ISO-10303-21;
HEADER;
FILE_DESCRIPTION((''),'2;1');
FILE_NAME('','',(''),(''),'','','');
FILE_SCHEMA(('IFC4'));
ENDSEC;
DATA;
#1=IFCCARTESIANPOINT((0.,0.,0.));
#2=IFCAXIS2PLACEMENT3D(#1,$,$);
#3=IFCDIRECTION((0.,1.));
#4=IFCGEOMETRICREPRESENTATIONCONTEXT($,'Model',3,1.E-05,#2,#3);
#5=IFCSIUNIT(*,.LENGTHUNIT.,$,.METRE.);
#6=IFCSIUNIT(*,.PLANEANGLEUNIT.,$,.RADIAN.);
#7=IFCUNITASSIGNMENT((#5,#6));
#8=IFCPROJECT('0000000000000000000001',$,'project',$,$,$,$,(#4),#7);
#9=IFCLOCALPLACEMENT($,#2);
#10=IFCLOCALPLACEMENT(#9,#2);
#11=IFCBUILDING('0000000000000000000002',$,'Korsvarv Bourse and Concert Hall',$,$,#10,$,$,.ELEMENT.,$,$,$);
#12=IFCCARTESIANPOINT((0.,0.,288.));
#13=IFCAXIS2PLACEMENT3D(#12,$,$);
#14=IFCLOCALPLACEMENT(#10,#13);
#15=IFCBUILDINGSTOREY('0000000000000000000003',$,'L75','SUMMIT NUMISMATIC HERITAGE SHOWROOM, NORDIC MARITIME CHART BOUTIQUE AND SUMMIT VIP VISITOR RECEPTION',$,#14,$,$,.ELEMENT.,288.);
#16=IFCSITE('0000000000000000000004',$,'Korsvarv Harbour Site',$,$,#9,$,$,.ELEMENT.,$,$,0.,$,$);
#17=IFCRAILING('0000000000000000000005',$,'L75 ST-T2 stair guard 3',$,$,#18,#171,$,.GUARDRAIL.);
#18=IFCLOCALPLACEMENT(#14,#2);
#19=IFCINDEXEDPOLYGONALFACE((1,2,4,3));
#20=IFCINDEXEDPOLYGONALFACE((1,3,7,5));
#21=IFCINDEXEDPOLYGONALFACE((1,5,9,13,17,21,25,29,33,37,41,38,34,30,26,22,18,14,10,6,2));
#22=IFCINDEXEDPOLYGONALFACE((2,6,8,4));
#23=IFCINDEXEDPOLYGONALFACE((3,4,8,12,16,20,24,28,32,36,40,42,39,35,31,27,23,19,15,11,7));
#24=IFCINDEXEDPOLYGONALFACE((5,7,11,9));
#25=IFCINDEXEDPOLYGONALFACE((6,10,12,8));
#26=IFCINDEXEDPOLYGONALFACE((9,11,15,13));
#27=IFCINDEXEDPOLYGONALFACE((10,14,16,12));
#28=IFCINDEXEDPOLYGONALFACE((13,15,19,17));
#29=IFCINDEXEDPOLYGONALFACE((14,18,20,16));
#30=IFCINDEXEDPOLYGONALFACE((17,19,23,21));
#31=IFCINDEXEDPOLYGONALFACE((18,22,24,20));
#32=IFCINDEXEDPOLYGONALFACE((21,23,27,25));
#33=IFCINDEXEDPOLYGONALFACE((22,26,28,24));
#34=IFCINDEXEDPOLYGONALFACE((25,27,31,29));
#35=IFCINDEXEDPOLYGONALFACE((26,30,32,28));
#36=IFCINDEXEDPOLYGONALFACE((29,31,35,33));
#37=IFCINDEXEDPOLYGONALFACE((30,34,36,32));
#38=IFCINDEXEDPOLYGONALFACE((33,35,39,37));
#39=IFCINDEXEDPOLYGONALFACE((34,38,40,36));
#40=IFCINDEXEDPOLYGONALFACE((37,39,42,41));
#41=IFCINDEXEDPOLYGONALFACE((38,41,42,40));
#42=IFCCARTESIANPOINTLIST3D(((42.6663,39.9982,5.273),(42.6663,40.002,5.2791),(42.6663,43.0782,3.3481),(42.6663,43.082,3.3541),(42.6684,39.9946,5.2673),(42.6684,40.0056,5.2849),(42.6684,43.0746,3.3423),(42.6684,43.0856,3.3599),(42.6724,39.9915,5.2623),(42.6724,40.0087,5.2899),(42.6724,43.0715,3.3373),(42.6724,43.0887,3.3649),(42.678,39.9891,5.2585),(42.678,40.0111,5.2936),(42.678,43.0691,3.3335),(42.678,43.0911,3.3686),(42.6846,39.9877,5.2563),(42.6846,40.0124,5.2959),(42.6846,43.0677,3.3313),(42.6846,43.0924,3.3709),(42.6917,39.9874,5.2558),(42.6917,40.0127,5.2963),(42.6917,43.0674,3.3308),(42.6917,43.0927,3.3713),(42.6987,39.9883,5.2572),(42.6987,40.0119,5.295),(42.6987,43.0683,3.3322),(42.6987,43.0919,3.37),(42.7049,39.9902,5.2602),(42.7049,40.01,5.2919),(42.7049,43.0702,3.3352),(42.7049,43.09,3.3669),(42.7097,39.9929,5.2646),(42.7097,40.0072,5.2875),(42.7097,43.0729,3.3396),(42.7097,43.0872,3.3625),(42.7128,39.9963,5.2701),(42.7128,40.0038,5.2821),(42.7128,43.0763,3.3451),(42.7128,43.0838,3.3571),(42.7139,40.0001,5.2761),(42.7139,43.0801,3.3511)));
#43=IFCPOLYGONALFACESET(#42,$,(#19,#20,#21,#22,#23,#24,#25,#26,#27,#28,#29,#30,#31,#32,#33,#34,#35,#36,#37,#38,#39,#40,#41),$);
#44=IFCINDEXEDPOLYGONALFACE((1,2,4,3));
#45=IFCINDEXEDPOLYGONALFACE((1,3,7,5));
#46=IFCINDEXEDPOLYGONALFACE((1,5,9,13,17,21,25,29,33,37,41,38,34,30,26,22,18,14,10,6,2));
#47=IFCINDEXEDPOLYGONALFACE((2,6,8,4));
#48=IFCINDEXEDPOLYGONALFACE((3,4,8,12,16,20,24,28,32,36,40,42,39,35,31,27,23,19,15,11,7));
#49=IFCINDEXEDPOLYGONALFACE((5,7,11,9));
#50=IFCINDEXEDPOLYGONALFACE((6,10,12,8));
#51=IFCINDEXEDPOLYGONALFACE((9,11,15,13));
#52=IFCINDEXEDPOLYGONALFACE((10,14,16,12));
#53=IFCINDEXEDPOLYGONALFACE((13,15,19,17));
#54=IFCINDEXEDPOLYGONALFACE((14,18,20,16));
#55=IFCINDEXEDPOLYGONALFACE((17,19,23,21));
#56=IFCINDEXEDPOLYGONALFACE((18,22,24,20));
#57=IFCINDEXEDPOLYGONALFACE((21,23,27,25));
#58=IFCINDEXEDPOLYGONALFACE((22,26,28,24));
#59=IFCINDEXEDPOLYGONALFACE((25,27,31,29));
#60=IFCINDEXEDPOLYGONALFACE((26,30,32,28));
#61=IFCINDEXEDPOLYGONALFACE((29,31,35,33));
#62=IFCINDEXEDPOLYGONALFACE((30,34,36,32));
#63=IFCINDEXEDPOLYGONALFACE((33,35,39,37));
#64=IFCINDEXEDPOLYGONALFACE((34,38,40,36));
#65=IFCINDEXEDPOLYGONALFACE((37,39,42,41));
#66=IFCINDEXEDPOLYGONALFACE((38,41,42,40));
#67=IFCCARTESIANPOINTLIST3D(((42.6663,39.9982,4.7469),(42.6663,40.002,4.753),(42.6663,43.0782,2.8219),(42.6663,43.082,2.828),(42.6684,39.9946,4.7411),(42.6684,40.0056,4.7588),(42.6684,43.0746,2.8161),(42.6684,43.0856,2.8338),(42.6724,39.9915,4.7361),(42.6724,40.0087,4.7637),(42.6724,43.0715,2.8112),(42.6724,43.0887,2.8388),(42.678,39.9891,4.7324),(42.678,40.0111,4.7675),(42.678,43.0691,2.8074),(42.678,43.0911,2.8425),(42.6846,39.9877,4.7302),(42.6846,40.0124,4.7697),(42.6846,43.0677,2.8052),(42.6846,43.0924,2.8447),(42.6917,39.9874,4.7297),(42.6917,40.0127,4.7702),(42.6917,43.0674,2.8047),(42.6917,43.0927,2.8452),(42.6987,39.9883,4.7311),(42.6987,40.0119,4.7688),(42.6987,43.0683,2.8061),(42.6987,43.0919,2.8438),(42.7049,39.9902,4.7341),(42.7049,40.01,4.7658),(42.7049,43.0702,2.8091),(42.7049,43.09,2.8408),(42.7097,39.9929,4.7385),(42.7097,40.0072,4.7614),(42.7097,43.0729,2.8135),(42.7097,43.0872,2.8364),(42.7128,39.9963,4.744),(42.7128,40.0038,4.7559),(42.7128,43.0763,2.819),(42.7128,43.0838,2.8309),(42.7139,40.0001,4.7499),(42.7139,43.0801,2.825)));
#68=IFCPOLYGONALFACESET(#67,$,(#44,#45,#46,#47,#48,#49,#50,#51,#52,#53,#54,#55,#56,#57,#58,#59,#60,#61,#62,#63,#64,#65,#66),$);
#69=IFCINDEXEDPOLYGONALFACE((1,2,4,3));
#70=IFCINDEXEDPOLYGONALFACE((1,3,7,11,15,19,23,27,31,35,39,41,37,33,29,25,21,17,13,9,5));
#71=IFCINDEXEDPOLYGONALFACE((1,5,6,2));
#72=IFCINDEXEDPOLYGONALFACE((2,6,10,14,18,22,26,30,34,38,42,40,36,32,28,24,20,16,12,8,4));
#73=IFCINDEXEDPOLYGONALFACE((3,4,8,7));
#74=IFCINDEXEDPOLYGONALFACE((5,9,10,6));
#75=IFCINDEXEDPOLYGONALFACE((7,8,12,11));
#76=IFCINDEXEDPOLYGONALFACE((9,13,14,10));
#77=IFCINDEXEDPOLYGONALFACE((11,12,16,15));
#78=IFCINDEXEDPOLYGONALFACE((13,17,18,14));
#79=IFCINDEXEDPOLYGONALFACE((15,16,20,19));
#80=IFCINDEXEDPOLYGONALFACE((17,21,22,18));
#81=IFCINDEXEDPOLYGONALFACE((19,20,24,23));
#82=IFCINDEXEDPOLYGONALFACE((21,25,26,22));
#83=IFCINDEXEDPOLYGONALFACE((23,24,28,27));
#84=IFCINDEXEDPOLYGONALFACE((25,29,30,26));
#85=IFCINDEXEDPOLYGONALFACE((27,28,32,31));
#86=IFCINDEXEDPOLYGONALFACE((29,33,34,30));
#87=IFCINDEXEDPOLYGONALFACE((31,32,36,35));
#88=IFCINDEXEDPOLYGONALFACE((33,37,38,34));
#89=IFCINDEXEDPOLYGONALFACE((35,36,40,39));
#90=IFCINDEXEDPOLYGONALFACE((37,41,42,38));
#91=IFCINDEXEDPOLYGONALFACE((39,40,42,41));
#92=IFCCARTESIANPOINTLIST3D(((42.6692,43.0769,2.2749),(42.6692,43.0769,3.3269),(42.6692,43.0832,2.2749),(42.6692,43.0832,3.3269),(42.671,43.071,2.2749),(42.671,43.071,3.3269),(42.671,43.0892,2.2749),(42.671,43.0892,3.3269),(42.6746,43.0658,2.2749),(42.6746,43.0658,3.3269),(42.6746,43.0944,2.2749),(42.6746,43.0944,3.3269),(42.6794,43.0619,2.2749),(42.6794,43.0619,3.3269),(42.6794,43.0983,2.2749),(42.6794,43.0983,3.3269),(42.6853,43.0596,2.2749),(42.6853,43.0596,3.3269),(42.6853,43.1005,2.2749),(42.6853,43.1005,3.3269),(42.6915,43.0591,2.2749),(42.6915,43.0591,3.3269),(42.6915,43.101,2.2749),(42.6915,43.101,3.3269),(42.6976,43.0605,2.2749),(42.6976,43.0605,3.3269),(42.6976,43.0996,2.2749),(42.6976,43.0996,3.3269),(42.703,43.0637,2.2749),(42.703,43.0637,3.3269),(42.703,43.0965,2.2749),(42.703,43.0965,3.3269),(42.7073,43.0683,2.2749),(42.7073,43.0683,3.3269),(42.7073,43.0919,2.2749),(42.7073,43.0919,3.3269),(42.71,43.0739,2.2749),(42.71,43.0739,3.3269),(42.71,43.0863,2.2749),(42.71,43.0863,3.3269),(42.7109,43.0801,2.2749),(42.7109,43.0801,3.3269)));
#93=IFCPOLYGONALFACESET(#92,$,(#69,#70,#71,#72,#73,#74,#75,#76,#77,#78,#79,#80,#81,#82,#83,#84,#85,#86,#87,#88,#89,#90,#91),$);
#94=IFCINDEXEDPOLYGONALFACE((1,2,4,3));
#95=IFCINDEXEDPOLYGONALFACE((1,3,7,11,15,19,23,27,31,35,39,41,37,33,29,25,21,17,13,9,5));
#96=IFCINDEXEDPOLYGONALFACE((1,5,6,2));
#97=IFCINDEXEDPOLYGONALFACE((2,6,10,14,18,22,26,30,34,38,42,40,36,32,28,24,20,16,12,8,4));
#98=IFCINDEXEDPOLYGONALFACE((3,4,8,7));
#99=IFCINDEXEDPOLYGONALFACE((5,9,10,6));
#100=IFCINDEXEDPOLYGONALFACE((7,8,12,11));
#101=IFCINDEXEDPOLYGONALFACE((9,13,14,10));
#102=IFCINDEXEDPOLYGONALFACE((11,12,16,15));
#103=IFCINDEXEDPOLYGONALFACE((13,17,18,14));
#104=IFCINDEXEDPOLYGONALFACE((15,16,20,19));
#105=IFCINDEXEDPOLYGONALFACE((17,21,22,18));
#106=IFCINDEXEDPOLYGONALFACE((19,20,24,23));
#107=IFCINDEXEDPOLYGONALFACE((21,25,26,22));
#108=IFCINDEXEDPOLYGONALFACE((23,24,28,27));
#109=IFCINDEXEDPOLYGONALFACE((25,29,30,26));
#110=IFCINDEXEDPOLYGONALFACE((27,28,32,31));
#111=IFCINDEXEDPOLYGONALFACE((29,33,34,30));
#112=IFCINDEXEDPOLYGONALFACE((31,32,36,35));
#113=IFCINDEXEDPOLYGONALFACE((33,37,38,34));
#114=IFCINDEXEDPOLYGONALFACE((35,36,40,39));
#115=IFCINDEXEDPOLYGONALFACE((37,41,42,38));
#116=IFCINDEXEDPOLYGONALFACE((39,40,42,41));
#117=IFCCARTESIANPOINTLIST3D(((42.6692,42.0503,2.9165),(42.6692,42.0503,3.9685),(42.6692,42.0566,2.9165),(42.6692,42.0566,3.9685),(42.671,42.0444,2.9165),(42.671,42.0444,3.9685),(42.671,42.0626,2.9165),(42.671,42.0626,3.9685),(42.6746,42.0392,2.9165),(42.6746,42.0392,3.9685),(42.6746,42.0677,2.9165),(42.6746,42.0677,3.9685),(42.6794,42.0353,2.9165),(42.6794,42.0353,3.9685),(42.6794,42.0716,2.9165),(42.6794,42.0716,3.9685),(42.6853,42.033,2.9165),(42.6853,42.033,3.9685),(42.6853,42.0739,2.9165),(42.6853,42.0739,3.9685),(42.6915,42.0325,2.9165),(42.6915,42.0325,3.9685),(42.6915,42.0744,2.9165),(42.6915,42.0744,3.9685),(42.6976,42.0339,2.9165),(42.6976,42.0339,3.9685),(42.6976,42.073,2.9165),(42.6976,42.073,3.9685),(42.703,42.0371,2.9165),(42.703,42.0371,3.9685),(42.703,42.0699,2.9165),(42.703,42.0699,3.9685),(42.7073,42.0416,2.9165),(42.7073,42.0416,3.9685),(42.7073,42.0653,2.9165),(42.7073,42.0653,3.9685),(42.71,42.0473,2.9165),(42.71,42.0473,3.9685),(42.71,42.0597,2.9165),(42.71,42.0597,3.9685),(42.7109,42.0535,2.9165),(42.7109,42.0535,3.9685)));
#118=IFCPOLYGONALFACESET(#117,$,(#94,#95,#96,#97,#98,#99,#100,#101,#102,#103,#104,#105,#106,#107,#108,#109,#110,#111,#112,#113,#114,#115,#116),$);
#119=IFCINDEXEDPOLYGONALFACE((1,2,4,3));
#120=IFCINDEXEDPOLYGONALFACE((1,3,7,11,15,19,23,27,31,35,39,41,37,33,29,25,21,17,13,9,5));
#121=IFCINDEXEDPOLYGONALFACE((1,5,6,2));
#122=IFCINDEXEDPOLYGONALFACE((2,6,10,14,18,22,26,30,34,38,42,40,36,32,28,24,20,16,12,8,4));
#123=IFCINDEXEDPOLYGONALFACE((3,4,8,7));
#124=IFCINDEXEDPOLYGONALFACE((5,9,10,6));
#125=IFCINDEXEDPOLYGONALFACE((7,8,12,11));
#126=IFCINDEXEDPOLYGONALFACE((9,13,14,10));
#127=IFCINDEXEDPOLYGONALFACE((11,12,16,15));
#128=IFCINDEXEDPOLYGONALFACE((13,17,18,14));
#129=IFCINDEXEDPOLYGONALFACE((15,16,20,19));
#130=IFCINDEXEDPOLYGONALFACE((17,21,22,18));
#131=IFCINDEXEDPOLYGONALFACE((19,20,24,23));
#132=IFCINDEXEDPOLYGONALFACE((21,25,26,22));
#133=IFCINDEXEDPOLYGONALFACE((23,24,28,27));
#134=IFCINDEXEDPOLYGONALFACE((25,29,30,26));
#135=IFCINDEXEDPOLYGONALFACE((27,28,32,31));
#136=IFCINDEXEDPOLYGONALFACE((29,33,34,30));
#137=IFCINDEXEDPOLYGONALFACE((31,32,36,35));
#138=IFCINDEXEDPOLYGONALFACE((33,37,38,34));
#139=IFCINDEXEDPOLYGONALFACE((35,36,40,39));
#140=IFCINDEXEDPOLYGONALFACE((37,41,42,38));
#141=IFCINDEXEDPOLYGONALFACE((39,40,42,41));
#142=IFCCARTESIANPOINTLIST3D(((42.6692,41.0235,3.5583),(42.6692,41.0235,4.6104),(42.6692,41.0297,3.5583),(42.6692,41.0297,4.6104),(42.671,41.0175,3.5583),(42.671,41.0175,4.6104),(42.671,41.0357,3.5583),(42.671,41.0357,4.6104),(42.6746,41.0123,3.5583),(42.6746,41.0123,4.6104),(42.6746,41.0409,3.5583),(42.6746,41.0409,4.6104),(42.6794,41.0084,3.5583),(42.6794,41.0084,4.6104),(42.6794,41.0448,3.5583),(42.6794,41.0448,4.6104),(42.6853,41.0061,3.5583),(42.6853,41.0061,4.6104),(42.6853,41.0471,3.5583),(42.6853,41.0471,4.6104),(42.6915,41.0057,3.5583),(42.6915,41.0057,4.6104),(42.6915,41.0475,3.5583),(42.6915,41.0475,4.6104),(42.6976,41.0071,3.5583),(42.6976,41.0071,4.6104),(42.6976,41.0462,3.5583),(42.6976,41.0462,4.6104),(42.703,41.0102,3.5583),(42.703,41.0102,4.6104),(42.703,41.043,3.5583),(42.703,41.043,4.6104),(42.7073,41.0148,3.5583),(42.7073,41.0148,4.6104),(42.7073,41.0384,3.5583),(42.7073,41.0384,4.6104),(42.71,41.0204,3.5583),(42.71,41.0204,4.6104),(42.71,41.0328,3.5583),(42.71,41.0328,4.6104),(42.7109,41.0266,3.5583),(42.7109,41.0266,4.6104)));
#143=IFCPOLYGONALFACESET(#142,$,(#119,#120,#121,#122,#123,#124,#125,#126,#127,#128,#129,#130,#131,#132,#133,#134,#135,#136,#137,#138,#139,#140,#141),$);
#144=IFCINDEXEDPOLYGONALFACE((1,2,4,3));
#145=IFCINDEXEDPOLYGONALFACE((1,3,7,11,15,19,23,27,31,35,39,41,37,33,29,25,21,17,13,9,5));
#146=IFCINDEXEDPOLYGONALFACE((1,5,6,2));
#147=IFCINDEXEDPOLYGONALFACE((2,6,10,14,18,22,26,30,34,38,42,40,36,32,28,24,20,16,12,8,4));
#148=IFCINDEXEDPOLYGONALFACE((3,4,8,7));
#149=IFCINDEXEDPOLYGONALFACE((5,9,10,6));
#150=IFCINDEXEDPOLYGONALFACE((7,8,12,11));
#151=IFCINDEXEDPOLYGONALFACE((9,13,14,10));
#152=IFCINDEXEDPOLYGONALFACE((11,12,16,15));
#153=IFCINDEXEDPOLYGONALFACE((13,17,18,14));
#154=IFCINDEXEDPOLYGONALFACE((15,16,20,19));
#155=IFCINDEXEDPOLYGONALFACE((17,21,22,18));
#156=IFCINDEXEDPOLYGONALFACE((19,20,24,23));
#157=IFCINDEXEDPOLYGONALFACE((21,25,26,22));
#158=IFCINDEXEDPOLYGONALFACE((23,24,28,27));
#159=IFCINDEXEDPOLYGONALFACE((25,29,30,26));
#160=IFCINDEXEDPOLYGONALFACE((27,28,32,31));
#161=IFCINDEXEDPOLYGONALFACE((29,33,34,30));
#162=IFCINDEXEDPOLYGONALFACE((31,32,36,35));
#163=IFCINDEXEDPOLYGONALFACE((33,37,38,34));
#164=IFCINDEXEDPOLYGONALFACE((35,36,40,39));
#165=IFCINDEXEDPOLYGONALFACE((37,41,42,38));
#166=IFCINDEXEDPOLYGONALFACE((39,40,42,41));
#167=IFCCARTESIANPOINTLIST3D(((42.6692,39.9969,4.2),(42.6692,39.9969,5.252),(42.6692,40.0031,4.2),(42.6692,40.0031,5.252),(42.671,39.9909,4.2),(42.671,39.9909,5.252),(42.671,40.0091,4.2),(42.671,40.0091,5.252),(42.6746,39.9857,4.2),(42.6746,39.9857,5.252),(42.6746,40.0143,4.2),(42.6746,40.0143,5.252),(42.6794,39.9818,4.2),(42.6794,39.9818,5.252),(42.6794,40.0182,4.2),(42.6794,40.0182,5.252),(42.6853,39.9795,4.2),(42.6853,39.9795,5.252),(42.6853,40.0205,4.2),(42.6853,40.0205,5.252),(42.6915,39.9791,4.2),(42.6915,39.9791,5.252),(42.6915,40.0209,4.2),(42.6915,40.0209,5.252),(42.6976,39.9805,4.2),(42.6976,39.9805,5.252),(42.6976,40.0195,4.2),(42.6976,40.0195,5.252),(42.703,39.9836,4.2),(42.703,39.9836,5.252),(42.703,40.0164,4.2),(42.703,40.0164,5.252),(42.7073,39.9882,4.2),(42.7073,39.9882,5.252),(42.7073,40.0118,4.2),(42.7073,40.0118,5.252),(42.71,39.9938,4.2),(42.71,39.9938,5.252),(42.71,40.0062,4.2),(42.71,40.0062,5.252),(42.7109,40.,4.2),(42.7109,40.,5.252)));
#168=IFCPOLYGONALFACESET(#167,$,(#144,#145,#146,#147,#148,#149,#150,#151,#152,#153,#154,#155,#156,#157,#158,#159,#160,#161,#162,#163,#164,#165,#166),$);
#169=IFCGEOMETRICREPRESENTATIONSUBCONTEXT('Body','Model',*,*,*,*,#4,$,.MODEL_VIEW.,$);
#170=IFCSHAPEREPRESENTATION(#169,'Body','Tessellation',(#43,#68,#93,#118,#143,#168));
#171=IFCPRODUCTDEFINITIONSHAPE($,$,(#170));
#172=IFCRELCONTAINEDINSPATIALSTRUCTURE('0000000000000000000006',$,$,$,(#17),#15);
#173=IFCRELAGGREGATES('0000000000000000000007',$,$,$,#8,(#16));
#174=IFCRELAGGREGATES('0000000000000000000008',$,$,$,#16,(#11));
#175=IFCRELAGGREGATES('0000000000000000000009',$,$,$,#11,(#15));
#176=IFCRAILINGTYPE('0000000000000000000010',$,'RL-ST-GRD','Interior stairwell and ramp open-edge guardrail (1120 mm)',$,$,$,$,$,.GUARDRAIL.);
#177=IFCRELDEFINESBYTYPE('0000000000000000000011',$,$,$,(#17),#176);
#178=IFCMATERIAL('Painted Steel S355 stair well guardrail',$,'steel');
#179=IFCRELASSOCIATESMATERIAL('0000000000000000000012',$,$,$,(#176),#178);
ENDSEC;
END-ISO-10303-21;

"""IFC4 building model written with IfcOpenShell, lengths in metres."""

from ifc_helpers import new_model, si_unit, direction, frame, origin, origin_2d, place, context, subcontext, project, spatial, circle, extrude, material, type_object, element, save


model = new_model("IFC4")

# Units and contexts
model_context = context("Model", 3, precision=1e-05, world=origin(), true_north=direction((0.0, 1.0)))
body_context = subcontext(model_context, "Body", "Model", "MODEL_VIEW")
ifc_project = project(units=[si_unit("LENGTHUNIT", "METRE"), si_unit("PLANEANGLEUNIT", "RADIAN")], contexts=[model_context])

# Site, building, storey
site_placement = place(None, origin())
site = spatial("IfcSite", under=ifc_project, at=site_placement, Name="Korsvarv Harbour Site", CompositionType="ELEMENT", RefElevation=0.0)
building_placement = place(site_placement, origin())
building = spatial("IfcBuilding", under=site, at=building_placement, Name="Korsvarv Bourse and Concert Hall", CompositionType="ELEMENT")
storey_placement = place(building_placement, frame((0.0, 0.0, 288.0)))
storey = spatial("IfcBuildingStorey", under=building, at=storey_placement, Name="L75", Description="SUMMIT NUMISMATIC HERITAGE SHOWROOM, NORDIC MARITIME CHART BOUTIQUE AND SUMMIT VIP VISITOR RECEPTION", CompositionType="ELEMENT", Elevation=288.0)

# Railing
ifc_material_1 = material(Name="Painted Steel S355 stair well guardrail", Category="steel")
railing_type_1 = type_object("IfcRailingType", Name="RL-ST-GRD", Description="Interior stairwell and ramp open-edge guardrail (1120 mm)", PredefinedType="GUARDRAIL", material=ifc_material_1)
railing_1_placement = place(storey_placement, frame((42.6899, 43.0801, 2.2749)))
element("IfcRailing", 1, at=railing_1_placement, inside=storey, type_object=railing_type_1, Name="L75 ST-T2 stair guard 3", PredefinedType="GUARDRAIL", context=body_context, shape_type="SweptSolid", body=[
    extrude(circle(Radius=0.0239, at=origin_2d()), frame((0.0, 0.0, 1.0762), z_axis=(0.0, -0.847998, 0.529999), x_axis=(1.0, 0.0, 0.0)), (0.0, 0.0, 1.0), 3.6321),
    extrude(circle(Radius=0.0239, at=origin_2d()), frame((0.0, 0.0, 0.55), z_axis=(0.0, -0.847998, 0.529999), x_axis=(1.0, 0.0, 0.0)), (0.0, 0.0, 1.0), 3.6321),
    extrude(circle(Radius=0.021, at=origin_2d()), origin(), (0.0, 0.0, 1.0), 1.052),
    extrude(circle(Radius=0.021, at=origin_2d()), frame((0.0, -1.0266, 0.6416)), (0.0, 0.0, 1.0), 1.052),
    extrude(circle(Radius=0.021, at=origin_2d()), frame((0.0, -2.0535, 1.2834)), (0.0, 0.0, 1.0), 1.052),
    extrude(circle(Radius=0.021, at=origin_2d()), frame((0.0, -3.0801, 1.925)), (0.0, 0.0, 1.0), 1.052),
])

save(model, "model.ifc")
